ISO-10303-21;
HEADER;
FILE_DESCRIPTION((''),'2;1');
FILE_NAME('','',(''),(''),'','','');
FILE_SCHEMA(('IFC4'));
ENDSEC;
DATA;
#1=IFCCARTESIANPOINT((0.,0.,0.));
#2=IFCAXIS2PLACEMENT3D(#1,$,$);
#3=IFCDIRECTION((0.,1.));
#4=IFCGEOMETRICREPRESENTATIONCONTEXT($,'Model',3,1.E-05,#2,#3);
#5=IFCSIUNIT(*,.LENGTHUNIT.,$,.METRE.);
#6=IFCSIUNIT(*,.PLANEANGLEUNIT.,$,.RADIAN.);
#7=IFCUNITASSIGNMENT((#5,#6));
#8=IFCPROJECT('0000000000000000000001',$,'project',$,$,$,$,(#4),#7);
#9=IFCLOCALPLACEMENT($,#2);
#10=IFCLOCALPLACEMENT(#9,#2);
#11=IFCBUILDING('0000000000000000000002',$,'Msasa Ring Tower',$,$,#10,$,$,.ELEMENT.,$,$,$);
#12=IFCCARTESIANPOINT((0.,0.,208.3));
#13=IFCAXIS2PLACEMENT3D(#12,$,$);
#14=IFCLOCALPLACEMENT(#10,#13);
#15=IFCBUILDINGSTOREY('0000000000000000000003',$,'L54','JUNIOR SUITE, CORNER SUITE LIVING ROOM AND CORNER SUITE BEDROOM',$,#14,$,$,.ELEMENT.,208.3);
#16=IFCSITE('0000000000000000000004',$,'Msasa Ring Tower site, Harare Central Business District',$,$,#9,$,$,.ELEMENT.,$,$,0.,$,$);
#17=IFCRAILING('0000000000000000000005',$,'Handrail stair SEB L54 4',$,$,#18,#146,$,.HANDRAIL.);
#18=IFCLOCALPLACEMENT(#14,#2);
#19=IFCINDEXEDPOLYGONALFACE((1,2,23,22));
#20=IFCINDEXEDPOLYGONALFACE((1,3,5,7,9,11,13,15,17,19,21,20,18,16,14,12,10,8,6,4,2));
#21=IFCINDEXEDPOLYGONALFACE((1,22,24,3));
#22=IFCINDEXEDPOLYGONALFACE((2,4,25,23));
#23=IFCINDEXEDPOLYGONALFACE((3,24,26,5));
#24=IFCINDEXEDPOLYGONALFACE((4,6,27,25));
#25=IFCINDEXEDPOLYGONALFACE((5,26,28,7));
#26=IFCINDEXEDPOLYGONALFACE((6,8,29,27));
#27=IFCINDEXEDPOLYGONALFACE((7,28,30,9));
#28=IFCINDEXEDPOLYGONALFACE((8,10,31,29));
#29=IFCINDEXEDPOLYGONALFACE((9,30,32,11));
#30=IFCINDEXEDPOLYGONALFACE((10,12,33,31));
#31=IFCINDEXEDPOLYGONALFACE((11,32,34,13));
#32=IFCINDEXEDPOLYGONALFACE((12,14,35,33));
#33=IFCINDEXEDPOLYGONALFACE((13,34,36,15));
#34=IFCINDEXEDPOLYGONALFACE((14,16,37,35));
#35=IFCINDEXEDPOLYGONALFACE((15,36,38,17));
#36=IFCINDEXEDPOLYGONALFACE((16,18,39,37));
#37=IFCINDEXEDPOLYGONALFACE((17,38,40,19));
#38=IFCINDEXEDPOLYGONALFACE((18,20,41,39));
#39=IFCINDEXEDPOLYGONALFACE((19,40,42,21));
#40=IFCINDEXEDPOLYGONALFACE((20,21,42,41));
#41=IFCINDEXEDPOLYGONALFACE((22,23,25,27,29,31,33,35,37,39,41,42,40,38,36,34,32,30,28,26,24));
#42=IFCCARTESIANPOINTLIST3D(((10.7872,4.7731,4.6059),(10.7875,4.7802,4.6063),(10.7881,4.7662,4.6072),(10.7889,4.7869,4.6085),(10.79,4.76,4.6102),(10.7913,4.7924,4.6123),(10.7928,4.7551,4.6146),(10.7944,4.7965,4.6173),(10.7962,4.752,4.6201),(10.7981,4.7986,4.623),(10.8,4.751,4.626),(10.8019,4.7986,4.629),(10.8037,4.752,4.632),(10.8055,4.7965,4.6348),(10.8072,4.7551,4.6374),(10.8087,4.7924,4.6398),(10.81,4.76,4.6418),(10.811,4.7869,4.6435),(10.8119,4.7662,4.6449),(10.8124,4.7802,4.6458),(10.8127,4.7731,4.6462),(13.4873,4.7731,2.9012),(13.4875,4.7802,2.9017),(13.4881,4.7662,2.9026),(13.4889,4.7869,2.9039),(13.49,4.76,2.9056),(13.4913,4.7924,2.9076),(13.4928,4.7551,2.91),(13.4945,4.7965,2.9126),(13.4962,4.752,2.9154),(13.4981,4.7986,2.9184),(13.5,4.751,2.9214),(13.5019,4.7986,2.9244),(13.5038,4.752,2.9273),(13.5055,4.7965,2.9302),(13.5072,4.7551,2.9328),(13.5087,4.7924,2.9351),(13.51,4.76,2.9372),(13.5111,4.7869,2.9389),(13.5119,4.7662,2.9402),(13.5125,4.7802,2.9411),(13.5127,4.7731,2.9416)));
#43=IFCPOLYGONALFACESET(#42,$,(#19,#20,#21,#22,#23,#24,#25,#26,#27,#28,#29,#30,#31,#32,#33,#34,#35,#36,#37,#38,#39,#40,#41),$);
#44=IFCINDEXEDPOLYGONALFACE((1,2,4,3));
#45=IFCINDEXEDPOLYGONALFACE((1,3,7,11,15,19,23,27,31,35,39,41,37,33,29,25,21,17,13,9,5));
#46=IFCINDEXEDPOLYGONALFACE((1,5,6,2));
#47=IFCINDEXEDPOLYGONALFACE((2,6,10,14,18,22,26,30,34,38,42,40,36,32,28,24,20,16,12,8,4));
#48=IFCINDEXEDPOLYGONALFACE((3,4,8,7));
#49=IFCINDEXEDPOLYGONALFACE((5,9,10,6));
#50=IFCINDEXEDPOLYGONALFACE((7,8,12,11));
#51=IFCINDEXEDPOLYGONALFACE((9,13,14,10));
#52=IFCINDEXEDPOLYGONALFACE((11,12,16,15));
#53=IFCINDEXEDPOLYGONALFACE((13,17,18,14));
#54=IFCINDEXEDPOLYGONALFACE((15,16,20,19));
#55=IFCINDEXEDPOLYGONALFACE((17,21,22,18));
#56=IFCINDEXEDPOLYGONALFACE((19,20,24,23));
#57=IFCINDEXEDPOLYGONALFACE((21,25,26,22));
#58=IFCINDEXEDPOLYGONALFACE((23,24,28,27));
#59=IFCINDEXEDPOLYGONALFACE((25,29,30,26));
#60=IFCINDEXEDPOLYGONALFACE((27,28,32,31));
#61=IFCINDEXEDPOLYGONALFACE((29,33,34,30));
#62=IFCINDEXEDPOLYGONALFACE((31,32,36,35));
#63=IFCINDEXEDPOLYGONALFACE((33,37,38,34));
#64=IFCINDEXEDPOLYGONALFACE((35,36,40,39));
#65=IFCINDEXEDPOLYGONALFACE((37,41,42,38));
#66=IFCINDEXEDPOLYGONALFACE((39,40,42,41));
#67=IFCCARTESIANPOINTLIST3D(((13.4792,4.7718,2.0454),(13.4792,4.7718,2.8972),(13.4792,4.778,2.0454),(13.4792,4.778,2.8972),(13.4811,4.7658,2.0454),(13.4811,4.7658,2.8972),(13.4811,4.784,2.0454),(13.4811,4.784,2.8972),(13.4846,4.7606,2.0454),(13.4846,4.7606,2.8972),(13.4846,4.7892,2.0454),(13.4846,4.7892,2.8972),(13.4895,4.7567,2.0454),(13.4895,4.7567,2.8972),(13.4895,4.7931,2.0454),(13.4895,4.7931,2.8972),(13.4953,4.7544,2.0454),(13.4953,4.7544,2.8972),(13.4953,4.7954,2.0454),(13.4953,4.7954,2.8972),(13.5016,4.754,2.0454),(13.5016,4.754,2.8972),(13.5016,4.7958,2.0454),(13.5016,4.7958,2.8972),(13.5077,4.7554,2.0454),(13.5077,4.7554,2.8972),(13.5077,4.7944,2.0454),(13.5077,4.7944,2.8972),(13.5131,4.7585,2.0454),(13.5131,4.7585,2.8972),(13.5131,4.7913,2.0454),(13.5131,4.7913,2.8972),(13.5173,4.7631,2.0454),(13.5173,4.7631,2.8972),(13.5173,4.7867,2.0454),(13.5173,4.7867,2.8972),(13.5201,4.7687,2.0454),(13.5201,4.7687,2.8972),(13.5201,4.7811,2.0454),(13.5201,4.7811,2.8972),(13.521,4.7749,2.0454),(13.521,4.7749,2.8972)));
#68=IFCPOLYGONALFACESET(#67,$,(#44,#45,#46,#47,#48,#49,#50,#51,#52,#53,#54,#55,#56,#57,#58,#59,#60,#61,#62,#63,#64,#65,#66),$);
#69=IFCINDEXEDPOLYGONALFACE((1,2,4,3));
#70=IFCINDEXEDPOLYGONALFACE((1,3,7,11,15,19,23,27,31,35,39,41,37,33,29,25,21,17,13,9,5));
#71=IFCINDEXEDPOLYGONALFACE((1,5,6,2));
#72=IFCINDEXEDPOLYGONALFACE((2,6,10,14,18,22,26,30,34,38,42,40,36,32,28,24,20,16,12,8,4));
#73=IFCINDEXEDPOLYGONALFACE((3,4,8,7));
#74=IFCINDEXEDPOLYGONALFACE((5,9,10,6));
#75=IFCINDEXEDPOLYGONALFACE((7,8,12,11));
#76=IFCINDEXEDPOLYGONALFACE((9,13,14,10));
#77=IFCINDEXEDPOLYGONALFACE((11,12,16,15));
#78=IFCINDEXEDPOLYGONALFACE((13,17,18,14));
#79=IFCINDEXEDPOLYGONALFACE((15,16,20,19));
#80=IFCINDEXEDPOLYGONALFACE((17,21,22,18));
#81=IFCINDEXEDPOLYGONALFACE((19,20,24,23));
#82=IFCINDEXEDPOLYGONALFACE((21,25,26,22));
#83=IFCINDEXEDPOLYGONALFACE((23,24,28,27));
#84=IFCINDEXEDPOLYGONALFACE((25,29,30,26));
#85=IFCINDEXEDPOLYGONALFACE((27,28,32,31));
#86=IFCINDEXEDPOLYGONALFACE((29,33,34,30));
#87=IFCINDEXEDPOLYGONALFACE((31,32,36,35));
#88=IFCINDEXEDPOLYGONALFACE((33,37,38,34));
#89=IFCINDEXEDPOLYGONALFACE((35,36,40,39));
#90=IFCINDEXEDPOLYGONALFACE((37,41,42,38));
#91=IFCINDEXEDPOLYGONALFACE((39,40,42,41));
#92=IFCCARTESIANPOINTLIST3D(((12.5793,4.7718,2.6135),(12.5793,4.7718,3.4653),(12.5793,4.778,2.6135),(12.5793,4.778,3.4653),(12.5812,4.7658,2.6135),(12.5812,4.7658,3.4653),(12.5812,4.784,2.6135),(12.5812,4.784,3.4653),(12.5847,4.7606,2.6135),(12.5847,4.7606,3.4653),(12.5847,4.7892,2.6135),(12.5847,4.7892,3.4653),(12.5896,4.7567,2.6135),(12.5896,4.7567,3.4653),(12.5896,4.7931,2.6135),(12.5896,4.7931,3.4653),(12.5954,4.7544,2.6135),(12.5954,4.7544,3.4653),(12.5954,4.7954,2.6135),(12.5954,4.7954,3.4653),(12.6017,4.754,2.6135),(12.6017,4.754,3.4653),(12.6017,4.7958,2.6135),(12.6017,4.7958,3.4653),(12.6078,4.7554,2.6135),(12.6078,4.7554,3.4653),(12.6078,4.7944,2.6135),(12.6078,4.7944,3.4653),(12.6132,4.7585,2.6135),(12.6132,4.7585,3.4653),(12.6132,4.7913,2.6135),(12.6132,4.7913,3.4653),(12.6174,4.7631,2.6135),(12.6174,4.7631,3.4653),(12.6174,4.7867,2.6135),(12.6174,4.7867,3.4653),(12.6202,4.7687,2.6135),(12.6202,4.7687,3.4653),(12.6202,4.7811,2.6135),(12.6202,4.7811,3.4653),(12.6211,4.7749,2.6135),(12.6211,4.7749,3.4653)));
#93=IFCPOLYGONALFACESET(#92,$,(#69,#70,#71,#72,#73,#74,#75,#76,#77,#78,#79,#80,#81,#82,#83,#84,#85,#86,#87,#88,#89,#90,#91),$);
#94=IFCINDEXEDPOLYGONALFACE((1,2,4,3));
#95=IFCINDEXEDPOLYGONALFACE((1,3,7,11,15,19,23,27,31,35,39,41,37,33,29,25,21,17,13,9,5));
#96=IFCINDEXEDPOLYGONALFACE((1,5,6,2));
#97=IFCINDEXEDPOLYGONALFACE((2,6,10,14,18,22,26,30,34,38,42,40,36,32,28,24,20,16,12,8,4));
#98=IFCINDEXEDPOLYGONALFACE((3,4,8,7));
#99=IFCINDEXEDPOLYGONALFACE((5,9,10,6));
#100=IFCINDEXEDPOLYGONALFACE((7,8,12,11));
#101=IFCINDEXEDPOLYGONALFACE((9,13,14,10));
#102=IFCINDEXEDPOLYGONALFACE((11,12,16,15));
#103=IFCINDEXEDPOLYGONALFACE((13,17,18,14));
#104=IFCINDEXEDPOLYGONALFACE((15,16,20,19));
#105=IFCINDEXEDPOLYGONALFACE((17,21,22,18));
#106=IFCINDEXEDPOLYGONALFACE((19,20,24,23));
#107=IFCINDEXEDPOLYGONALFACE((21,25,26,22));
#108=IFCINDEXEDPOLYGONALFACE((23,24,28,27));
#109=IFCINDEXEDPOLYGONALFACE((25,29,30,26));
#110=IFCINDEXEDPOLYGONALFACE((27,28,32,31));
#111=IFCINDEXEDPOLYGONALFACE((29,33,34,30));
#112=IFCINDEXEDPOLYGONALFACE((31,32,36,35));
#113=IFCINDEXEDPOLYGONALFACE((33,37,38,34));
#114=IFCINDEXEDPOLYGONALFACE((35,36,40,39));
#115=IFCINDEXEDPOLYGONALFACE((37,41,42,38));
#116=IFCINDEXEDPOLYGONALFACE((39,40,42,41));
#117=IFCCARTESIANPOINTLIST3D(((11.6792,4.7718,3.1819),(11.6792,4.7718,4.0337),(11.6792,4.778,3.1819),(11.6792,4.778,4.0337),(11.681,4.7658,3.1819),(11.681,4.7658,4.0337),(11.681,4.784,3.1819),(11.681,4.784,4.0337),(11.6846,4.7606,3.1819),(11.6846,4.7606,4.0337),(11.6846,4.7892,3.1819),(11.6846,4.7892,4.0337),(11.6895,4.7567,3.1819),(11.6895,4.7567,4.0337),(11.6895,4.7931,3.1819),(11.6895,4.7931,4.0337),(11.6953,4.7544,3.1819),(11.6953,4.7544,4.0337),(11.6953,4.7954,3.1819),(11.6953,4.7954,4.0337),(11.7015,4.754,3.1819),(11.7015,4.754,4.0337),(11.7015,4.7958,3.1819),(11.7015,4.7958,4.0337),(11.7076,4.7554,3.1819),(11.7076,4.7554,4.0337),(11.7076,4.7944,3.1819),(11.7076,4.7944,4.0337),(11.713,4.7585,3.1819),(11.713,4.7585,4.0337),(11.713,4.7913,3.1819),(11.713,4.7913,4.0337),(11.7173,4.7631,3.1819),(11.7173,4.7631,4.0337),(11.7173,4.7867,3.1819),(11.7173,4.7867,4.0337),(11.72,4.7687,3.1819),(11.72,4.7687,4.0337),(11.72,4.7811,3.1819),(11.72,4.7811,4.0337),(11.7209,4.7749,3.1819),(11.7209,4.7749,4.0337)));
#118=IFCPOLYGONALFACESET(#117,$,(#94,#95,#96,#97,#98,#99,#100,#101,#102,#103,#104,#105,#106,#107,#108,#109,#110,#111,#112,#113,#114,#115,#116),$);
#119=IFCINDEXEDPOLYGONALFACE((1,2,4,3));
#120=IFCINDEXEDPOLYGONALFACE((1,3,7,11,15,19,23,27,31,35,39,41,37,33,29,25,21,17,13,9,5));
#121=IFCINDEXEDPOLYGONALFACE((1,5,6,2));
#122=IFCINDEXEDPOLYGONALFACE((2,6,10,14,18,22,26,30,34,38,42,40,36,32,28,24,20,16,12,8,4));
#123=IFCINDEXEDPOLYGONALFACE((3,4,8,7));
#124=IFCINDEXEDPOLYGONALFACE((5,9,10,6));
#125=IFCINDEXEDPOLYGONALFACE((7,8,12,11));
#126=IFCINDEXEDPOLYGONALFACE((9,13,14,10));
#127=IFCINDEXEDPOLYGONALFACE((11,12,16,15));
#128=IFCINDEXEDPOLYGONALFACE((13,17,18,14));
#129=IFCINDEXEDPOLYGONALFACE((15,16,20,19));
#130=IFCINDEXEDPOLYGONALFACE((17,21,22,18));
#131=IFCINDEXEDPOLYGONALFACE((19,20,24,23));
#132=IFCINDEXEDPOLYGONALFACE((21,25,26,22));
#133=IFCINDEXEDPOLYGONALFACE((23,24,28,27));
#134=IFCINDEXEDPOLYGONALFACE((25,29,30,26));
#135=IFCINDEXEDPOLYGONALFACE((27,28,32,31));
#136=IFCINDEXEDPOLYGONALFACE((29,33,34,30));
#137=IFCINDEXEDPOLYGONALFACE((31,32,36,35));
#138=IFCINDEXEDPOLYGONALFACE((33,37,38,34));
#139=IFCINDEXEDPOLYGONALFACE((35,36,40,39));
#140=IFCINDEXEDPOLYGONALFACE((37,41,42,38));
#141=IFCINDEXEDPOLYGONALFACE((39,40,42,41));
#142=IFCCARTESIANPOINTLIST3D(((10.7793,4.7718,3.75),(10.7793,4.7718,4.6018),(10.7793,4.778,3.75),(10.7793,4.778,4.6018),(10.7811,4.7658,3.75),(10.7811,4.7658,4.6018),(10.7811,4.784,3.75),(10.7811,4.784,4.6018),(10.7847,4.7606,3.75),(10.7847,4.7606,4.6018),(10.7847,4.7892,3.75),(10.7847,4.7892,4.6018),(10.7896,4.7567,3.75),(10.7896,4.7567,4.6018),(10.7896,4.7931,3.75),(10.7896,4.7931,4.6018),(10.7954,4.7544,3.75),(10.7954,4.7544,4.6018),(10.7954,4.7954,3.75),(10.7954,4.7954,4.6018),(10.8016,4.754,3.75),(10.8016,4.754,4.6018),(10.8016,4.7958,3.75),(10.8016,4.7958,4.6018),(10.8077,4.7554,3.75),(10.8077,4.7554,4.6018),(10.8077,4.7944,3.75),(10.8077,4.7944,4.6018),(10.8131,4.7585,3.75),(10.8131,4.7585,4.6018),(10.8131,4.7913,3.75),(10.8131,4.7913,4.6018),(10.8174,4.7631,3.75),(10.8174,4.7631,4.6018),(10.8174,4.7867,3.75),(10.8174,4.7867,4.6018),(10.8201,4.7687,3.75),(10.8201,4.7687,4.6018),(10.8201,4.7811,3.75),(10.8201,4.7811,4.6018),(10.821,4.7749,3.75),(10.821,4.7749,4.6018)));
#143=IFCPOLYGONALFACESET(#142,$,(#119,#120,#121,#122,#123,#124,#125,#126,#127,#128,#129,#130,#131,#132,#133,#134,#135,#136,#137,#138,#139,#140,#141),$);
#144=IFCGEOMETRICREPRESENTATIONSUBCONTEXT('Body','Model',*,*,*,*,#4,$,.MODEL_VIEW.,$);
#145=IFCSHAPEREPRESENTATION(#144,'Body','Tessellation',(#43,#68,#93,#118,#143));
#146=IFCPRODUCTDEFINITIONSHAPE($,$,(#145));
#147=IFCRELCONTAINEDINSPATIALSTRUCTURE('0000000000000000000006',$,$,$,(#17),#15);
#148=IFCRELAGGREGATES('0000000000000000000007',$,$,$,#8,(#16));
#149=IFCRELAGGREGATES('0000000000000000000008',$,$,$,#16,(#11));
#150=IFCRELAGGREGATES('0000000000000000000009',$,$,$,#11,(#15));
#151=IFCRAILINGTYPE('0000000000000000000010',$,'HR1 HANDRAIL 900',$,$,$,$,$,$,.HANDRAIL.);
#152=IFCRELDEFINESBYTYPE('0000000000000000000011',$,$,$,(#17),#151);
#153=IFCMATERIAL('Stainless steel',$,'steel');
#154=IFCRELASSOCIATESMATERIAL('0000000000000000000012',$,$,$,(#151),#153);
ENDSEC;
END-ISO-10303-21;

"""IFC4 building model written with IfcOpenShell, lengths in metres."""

from ifc_helpers import new_model, si_unit, direction, frame, origin, origin_2d, place, context, subcontext, project, spatial, circle, extrude, material, type_object, element, save


model = new_model("IFC4")

# Units and contexts
model_context = context("Model", 3, precision=1e-05, world=origin(), true_north=direction((0.0, 1.0)))
body_context = subcontext(model_context, "Body", "Model", "MODEL_VIEW")
ifc_project = project(units=[si_unit("LENGTHUNIT", "METRE"), si_unit("PLANEANGLEUNIT", "RADIAN")], contexts=[model_context])

# Site, building, storey
site_placement = place(None, origin())
site = spatial("IfcSite", under=ifc_project, at=site_placement, Name="Msasa Ring Tower site, Harare Central Business District", CompositionType="ELEMENT", RefElevation=0.0)
building_placement = place(site_placement, origin())
building = spatial("IfcBuilding", under=site, at=building_placement, Name="Msasa Ring Tower", CompositionType="ELEMENT")
storey_placement = place(building_placement, frame((0.0, 0.0, 208.3)))
storey = spatial("IfcBuildingStorey", under=building, at=storey_placement, Name="L54", Description="JUNIOR SUITE, CORNER SUITE LIVING ROOM AND CORNER SUITE BEDROOM", CompositionType="ELEMENT", Elevation=208.3)

# Railing
ifc_material_1 = material(Name="Stainless steel", Category="steel")
railing_type = type_object("IfcRailingType", Name="HR1 HANDRAIL 900", PredefinedType="HANDRAIL", material=ifc_material_1)
for number, where, name in (
    (1, (13.5, 4.7749, 2.0454), "Handrail stair SEB L54 4"),
):
    element("IfcRailing", number, at=place(storey_placement, frame(where)), inside=storey, type_object=railing_type, Name=name, PredefinedType="HANDRAIL", context=body_context, shape_type="SweptSolid", body=[
        extrude(circle(Radius=0.0239, at=origin_2d()), frame((0.0, 0.0, 0.876), z_axis=(-0.84558, 0.0, 0.533849), x_axis=(0.0, -1.0, 0.0)), (0.0, 0.0, 1.0), 3.1931),
        extrude(circle(Radius=0.021, at=origin_2d()), origin(), (0.0, 0.0, 1.0), 0.8518),
        extrude(circle(Radius=0.021, at=origin_2d()), frame((-0.8999, 0.0, 0.5681)), (0.0, 0.0, 1.0), 0.8518),
        extrude(circle(Radius=0.021, at=origin_2d()), frame((-1.8, 0.0, 1.1365)), (0.0, 0.0, 1.0), 0.8518),
        extrude(circle(Radius=0.021, at=origin_2d()), frame((-2.7, 0.0, 1.7046)), (0.0, 0.0, 1.0), 0.8518),
    ])

save(model, "model.ifc")
